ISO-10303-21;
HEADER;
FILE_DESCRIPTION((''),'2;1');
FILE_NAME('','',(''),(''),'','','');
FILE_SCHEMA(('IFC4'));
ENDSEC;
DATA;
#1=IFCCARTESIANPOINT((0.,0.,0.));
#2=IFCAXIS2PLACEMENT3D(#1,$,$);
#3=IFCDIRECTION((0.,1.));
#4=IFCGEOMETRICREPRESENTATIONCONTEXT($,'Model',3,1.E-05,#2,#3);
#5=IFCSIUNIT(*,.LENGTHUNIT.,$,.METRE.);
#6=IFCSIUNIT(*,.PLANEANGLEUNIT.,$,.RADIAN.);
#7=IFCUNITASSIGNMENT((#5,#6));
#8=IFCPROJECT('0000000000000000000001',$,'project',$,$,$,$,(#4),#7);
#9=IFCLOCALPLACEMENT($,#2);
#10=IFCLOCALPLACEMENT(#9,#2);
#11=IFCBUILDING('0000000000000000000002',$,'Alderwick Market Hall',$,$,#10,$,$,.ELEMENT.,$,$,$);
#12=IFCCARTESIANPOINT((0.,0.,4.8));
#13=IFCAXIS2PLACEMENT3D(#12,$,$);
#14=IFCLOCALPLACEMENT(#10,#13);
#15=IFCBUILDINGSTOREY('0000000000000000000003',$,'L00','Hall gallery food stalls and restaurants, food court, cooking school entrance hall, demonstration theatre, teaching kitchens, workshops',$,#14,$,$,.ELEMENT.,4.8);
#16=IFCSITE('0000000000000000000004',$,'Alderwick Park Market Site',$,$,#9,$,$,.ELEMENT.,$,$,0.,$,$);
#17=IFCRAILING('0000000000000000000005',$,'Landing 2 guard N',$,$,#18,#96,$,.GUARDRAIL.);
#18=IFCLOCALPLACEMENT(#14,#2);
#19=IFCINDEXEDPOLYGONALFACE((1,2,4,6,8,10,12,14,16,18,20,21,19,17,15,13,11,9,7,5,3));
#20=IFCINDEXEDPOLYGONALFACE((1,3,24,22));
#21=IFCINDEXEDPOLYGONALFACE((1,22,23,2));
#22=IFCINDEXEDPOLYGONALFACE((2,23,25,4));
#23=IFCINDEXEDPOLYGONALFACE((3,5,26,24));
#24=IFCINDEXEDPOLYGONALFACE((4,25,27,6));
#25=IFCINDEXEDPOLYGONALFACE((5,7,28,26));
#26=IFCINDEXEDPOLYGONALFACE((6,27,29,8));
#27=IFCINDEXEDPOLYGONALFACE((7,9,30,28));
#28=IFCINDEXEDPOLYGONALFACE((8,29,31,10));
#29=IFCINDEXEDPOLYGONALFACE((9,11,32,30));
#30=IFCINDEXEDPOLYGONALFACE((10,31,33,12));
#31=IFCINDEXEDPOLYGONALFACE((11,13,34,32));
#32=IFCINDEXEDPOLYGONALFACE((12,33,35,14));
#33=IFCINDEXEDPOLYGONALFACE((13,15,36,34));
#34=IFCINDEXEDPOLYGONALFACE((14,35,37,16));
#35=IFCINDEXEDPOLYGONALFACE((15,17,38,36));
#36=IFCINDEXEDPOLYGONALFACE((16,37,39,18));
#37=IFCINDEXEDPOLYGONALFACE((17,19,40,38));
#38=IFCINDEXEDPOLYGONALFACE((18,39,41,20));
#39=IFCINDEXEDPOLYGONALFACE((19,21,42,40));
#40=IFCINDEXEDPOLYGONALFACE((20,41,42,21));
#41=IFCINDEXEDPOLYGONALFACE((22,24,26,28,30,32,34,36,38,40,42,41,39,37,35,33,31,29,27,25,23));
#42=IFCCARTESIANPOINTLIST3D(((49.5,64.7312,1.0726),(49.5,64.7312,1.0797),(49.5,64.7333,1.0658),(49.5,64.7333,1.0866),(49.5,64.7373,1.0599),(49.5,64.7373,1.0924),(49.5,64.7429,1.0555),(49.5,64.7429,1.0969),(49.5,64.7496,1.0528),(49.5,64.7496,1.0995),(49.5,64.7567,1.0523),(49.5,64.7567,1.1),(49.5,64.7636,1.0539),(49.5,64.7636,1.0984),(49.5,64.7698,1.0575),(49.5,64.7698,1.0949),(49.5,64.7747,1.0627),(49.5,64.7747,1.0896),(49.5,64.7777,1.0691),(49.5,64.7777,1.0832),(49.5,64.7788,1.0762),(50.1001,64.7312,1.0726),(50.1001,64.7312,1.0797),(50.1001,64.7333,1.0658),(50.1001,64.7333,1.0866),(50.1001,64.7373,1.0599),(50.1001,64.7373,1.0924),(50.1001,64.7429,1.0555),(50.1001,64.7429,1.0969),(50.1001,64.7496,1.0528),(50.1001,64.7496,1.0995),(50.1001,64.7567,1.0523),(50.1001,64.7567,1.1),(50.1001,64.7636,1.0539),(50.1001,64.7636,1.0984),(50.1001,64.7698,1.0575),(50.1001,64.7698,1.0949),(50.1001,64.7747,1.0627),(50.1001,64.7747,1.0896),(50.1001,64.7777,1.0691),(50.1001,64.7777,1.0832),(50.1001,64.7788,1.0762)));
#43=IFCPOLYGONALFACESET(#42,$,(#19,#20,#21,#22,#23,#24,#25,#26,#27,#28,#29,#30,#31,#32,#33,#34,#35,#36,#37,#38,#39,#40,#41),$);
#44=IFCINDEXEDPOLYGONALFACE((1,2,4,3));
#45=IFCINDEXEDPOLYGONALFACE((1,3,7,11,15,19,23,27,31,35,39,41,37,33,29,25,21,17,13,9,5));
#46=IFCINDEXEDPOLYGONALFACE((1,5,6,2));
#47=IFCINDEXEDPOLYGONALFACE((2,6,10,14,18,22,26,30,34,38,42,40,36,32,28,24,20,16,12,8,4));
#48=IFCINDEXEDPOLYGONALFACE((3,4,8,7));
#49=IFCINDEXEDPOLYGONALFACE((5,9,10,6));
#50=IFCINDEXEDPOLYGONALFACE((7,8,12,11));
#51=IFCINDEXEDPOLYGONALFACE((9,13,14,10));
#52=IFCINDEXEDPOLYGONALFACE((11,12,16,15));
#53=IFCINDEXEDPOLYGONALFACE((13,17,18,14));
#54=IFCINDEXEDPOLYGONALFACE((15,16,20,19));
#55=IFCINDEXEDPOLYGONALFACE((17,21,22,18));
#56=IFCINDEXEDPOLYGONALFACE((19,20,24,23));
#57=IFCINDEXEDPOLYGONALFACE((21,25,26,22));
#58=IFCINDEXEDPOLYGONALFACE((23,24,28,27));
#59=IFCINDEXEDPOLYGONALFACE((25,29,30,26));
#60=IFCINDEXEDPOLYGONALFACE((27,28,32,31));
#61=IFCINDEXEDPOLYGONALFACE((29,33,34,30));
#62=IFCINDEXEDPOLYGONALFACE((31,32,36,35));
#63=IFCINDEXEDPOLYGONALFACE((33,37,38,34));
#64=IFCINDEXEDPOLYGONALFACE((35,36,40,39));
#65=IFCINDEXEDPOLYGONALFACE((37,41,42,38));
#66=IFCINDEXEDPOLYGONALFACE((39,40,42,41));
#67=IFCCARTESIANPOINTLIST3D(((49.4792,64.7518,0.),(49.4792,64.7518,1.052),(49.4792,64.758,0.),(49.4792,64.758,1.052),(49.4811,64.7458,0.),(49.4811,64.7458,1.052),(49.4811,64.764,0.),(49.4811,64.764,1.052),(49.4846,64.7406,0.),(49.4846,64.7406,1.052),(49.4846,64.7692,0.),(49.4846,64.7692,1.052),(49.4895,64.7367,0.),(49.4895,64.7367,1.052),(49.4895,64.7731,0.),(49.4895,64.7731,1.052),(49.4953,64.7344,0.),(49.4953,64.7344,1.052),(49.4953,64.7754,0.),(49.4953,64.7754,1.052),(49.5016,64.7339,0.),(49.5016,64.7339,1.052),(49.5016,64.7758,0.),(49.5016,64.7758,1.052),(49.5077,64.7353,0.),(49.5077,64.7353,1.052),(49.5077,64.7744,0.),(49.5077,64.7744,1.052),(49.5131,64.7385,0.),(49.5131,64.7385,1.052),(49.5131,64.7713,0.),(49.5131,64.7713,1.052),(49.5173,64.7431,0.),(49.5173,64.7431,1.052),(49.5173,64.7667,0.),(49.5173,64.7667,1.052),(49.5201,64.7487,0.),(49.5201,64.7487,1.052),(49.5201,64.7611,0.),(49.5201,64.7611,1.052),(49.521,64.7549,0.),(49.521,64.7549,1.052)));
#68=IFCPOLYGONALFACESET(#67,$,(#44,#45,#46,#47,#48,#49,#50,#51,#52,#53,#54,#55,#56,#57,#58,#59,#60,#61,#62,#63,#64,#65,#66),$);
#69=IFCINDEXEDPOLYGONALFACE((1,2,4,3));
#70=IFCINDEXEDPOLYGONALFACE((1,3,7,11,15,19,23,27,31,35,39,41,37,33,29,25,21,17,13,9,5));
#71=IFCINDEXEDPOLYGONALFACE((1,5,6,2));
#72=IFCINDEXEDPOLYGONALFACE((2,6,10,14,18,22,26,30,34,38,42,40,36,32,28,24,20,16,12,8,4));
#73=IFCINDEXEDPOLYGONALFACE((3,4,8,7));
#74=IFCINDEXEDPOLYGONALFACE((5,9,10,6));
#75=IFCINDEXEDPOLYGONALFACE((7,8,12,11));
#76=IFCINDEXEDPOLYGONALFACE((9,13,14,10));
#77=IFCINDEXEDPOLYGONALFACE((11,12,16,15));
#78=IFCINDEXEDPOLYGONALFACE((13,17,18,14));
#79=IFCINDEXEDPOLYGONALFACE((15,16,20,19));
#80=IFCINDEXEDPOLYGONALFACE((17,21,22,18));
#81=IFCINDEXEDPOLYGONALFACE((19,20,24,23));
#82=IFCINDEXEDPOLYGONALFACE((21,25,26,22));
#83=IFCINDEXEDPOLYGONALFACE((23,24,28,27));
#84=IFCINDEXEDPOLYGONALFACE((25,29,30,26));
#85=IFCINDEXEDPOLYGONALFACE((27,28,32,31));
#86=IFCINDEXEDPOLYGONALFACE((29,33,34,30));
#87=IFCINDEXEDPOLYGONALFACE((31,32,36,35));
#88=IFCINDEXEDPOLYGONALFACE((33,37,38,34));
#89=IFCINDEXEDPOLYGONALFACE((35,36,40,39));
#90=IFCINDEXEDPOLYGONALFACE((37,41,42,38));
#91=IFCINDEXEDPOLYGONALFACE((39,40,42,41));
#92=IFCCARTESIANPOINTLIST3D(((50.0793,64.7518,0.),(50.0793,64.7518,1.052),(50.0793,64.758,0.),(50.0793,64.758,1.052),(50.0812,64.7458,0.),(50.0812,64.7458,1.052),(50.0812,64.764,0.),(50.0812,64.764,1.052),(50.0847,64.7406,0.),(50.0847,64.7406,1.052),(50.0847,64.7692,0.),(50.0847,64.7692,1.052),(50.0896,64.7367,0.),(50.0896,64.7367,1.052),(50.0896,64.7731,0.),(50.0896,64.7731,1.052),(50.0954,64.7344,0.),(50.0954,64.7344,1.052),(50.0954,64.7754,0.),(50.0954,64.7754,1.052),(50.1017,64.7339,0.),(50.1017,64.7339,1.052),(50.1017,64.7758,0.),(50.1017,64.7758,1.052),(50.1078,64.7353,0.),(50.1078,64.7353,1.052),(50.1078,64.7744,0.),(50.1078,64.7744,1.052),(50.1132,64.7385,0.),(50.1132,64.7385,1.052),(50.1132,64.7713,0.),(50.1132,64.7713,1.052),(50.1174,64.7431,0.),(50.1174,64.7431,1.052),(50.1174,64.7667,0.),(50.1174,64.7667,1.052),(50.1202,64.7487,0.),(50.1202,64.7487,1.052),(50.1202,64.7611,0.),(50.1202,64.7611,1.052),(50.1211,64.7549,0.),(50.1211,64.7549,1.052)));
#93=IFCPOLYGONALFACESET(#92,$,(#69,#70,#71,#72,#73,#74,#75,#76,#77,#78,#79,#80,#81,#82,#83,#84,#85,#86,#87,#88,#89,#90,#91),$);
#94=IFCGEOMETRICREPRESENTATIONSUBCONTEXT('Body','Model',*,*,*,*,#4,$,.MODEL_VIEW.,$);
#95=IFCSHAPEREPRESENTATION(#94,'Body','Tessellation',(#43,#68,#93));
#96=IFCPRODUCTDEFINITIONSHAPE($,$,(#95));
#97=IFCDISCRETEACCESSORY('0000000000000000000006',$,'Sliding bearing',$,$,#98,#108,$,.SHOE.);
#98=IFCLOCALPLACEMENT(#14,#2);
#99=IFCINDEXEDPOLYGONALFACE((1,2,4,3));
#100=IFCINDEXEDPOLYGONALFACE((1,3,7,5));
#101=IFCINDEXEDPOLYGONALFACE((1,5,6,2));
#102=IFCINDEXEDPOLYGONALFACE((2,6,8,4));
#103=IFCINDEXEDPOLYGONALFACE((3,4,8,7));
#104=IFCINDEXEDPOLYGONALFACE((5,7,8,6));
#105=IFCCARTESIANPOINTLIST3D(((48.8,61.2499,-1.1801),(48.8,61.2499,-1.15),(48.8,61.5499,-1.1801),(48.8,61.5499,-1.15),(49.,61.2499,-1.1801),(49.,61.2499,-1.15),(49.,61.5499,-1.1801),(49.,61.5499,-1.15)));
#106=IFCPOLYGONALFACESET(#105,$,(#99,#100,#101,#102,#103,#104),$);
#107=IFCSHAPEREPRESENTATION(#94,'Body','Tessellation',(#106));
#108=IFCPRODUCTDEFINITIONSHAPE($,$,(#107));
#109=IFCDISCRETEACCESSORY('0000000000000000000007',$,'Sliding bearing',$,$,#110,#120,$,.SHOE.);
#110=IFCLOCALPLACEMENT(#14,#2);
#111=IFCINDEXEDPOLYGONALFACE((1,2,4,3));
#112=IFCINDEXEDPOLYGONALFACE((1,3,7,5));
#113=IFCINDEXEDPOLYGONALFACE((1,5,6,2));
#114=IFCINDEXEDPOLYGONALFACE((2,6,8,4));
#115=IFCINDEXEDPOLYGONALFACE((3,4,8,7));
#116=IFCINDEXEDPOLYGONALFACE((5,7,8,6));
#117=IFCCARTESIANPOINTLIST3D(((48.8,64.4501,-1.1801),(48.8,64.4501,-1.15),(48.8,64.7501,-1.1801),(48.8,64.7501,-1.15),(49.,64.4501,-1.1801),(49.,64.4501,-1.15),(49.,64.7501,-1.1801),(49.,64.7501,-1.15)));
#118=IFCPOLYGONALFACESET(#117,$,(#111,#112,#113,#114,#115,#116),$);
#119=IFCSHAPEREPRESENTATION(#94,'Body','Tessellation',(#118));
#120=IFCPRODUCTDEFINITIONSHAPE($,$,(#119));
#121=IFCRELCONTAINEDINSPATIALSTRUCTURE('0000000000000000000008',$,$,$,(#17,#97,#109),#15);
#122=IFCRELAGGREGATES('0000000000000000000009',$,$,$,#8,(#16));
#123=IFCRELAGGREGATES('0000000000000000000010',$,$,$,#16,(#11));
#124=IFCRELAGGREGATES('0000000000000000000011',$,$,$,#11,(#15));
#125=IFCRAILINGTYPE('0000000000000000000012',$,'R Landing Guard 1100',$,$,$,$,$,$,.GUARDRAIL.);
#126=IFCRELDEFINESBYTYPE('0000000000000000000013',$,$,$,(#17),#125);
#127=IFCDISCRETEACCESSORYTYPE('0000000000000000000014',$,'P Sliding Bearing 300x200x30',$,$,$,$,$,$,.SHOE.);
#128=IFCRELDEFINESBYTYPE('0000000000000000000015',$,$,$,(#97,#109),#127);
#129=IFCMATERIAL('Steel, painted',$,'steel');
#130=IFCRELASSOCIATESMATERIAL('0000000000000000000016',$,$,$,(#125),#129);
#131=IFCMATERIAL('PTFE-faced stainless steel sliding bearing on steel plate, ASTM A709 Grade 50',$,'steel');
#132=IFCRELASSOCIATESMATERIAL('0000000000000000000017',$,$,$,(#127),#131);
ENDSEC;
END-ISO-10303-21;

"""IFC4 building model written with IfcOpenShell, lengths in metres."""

from ifc_helpers import new_model, si_unit, direction, frame, origin, origin_2d, place, context, subcontext, project, spatial, rectangle, circle, extrude, material, material_profile, profile_set, type_object, element, save


model = new_model("IFC4")

# Units and contexts
model_context = context("Model", 3, precision=1e-05, world=origin(), true_north=direction((0.0, 1.0)))
body_context = subcontext(model_context, "Body", "Model", "MODEL_VIEW")
ifc_project = project(units=[si_unit("LENGTHUNIT", "METRE"), si_unit("PLANEANGLEUNIT", "RADIAN")], contexts=[model_context])

# Site, building, storey
site_placement = place(None, origin())
site = spatial("IfcSite", under=ifc_project, at=site_placement, Name="Alderwick Park Market Site", CompositionType="ELEMENT", RefElevation=0.0)
building_placement = place(site_placement, origin())
building = spatial("IfcBuilding", under=site, at=building_placement, Name="Alderwick Market Hall", CompositionType="ELEMENT")
storey_placement = place(building_placement, frame((0.0, 0.0, 4.8)))
storey = spatial("IfcBuildingStorey", under=building, at=storey_placement, Name="L00", Description="Hall gallery food stalls and restaurants, food court, cooking school entrance hall, demonstration theatre, teaching kitchens, workshops", CompositionType="ELEMENT", Elevation=4.8)

# Railing
ifc_material_1 = material(Name="Steel, painted", Category="steel")
railing_type = type_object("IfcRailingType", Name="R Landing Guard 1100", PredefinedType="GUARDRAIL", material=ifc_material_1)
for number, where, name in (
    (1, (49.5, 64.7549, 0.0), "Landing 2 guard N"),
):
    element("IfcRailing", number, at=place(storey_placement, frame(where)), inside=storey, type_object=railing_type, Name=name, PredefinedType="GUARDRAIL", context=body_context, shape_type="SweptSolid", body=[
        extrude(circle(Radius=0.0239, at=origin_2d()), frame((0.0, 0.0, 1.0762), z_axis=(1.0, 0.0, 0.0), x_axis=(0.0, 1.0, 0.0)), (0.0, 0.0, 1.0), 0.6001),
        extrude(circle(Radius=0.021, at=origin_2d()), origin(), (0.0, 0.0, 1.0), 1.052),
        extrude(circle(Radius=0.021, at=origin_2d()), frame((0.6001, 0.0, 0.0)), (0.0, 0.0, 1.0), 1.052),
    ])

# Discrete accessories
ifc_material_2 = material(Name="PTFE-faced stainless steel sliding bearing on steel plate, ASTM A709 Grade 50", Category="steel")
ifc_material_profile_1 = material_profile(ifc_material_2, rectangle(XDim=0.3, YDim=0.03, at=origin_2d()), Name="P Sliding Bearing 300x200x30")
ifc_profile_set_1 = profile_set([ifc_material_profile_1], Name="PTFE-faced stainless steel sliding bearing on steel plate, ASTM A709 Grade 50")
discrete_accessory_type = type_object("IfcDiscreteAccessoryType", Name="P Sliding Bearing 300x200x30", PredefinedType="SHOE", material=ifc_profile_set_1)
for number, where, z_axis, x_axis, name in (
    (2, (48.8, 61.3999, -1.165), (1.0, 0.0, 0.0), (0.0, 1.0, 0.0), "Sliding bearing"),
    (3, (48.8, 64.6001, -1.165), (1.0, 0.0, 0.0), (0.0, 1.0, 0.0), "Sliding bearing"),
):
    element("IfcDiscreteAccessory", number, at=place(storey_placement, frame(where, z_axis=z_axis, x_axis=x_axis)), inside=storey, type_object=discrete_accessory_type, Name=name, PredefinedType="SHOE", context=body_context, shape_type="SweptSolid", body=[
        extrude(rectangle(XDim=0.3, YDim=0.03, at=origin_2d()), origin(), (0.0, 0.0, 1.0), 0.2),
    ])

save(model, "model.ifc")
